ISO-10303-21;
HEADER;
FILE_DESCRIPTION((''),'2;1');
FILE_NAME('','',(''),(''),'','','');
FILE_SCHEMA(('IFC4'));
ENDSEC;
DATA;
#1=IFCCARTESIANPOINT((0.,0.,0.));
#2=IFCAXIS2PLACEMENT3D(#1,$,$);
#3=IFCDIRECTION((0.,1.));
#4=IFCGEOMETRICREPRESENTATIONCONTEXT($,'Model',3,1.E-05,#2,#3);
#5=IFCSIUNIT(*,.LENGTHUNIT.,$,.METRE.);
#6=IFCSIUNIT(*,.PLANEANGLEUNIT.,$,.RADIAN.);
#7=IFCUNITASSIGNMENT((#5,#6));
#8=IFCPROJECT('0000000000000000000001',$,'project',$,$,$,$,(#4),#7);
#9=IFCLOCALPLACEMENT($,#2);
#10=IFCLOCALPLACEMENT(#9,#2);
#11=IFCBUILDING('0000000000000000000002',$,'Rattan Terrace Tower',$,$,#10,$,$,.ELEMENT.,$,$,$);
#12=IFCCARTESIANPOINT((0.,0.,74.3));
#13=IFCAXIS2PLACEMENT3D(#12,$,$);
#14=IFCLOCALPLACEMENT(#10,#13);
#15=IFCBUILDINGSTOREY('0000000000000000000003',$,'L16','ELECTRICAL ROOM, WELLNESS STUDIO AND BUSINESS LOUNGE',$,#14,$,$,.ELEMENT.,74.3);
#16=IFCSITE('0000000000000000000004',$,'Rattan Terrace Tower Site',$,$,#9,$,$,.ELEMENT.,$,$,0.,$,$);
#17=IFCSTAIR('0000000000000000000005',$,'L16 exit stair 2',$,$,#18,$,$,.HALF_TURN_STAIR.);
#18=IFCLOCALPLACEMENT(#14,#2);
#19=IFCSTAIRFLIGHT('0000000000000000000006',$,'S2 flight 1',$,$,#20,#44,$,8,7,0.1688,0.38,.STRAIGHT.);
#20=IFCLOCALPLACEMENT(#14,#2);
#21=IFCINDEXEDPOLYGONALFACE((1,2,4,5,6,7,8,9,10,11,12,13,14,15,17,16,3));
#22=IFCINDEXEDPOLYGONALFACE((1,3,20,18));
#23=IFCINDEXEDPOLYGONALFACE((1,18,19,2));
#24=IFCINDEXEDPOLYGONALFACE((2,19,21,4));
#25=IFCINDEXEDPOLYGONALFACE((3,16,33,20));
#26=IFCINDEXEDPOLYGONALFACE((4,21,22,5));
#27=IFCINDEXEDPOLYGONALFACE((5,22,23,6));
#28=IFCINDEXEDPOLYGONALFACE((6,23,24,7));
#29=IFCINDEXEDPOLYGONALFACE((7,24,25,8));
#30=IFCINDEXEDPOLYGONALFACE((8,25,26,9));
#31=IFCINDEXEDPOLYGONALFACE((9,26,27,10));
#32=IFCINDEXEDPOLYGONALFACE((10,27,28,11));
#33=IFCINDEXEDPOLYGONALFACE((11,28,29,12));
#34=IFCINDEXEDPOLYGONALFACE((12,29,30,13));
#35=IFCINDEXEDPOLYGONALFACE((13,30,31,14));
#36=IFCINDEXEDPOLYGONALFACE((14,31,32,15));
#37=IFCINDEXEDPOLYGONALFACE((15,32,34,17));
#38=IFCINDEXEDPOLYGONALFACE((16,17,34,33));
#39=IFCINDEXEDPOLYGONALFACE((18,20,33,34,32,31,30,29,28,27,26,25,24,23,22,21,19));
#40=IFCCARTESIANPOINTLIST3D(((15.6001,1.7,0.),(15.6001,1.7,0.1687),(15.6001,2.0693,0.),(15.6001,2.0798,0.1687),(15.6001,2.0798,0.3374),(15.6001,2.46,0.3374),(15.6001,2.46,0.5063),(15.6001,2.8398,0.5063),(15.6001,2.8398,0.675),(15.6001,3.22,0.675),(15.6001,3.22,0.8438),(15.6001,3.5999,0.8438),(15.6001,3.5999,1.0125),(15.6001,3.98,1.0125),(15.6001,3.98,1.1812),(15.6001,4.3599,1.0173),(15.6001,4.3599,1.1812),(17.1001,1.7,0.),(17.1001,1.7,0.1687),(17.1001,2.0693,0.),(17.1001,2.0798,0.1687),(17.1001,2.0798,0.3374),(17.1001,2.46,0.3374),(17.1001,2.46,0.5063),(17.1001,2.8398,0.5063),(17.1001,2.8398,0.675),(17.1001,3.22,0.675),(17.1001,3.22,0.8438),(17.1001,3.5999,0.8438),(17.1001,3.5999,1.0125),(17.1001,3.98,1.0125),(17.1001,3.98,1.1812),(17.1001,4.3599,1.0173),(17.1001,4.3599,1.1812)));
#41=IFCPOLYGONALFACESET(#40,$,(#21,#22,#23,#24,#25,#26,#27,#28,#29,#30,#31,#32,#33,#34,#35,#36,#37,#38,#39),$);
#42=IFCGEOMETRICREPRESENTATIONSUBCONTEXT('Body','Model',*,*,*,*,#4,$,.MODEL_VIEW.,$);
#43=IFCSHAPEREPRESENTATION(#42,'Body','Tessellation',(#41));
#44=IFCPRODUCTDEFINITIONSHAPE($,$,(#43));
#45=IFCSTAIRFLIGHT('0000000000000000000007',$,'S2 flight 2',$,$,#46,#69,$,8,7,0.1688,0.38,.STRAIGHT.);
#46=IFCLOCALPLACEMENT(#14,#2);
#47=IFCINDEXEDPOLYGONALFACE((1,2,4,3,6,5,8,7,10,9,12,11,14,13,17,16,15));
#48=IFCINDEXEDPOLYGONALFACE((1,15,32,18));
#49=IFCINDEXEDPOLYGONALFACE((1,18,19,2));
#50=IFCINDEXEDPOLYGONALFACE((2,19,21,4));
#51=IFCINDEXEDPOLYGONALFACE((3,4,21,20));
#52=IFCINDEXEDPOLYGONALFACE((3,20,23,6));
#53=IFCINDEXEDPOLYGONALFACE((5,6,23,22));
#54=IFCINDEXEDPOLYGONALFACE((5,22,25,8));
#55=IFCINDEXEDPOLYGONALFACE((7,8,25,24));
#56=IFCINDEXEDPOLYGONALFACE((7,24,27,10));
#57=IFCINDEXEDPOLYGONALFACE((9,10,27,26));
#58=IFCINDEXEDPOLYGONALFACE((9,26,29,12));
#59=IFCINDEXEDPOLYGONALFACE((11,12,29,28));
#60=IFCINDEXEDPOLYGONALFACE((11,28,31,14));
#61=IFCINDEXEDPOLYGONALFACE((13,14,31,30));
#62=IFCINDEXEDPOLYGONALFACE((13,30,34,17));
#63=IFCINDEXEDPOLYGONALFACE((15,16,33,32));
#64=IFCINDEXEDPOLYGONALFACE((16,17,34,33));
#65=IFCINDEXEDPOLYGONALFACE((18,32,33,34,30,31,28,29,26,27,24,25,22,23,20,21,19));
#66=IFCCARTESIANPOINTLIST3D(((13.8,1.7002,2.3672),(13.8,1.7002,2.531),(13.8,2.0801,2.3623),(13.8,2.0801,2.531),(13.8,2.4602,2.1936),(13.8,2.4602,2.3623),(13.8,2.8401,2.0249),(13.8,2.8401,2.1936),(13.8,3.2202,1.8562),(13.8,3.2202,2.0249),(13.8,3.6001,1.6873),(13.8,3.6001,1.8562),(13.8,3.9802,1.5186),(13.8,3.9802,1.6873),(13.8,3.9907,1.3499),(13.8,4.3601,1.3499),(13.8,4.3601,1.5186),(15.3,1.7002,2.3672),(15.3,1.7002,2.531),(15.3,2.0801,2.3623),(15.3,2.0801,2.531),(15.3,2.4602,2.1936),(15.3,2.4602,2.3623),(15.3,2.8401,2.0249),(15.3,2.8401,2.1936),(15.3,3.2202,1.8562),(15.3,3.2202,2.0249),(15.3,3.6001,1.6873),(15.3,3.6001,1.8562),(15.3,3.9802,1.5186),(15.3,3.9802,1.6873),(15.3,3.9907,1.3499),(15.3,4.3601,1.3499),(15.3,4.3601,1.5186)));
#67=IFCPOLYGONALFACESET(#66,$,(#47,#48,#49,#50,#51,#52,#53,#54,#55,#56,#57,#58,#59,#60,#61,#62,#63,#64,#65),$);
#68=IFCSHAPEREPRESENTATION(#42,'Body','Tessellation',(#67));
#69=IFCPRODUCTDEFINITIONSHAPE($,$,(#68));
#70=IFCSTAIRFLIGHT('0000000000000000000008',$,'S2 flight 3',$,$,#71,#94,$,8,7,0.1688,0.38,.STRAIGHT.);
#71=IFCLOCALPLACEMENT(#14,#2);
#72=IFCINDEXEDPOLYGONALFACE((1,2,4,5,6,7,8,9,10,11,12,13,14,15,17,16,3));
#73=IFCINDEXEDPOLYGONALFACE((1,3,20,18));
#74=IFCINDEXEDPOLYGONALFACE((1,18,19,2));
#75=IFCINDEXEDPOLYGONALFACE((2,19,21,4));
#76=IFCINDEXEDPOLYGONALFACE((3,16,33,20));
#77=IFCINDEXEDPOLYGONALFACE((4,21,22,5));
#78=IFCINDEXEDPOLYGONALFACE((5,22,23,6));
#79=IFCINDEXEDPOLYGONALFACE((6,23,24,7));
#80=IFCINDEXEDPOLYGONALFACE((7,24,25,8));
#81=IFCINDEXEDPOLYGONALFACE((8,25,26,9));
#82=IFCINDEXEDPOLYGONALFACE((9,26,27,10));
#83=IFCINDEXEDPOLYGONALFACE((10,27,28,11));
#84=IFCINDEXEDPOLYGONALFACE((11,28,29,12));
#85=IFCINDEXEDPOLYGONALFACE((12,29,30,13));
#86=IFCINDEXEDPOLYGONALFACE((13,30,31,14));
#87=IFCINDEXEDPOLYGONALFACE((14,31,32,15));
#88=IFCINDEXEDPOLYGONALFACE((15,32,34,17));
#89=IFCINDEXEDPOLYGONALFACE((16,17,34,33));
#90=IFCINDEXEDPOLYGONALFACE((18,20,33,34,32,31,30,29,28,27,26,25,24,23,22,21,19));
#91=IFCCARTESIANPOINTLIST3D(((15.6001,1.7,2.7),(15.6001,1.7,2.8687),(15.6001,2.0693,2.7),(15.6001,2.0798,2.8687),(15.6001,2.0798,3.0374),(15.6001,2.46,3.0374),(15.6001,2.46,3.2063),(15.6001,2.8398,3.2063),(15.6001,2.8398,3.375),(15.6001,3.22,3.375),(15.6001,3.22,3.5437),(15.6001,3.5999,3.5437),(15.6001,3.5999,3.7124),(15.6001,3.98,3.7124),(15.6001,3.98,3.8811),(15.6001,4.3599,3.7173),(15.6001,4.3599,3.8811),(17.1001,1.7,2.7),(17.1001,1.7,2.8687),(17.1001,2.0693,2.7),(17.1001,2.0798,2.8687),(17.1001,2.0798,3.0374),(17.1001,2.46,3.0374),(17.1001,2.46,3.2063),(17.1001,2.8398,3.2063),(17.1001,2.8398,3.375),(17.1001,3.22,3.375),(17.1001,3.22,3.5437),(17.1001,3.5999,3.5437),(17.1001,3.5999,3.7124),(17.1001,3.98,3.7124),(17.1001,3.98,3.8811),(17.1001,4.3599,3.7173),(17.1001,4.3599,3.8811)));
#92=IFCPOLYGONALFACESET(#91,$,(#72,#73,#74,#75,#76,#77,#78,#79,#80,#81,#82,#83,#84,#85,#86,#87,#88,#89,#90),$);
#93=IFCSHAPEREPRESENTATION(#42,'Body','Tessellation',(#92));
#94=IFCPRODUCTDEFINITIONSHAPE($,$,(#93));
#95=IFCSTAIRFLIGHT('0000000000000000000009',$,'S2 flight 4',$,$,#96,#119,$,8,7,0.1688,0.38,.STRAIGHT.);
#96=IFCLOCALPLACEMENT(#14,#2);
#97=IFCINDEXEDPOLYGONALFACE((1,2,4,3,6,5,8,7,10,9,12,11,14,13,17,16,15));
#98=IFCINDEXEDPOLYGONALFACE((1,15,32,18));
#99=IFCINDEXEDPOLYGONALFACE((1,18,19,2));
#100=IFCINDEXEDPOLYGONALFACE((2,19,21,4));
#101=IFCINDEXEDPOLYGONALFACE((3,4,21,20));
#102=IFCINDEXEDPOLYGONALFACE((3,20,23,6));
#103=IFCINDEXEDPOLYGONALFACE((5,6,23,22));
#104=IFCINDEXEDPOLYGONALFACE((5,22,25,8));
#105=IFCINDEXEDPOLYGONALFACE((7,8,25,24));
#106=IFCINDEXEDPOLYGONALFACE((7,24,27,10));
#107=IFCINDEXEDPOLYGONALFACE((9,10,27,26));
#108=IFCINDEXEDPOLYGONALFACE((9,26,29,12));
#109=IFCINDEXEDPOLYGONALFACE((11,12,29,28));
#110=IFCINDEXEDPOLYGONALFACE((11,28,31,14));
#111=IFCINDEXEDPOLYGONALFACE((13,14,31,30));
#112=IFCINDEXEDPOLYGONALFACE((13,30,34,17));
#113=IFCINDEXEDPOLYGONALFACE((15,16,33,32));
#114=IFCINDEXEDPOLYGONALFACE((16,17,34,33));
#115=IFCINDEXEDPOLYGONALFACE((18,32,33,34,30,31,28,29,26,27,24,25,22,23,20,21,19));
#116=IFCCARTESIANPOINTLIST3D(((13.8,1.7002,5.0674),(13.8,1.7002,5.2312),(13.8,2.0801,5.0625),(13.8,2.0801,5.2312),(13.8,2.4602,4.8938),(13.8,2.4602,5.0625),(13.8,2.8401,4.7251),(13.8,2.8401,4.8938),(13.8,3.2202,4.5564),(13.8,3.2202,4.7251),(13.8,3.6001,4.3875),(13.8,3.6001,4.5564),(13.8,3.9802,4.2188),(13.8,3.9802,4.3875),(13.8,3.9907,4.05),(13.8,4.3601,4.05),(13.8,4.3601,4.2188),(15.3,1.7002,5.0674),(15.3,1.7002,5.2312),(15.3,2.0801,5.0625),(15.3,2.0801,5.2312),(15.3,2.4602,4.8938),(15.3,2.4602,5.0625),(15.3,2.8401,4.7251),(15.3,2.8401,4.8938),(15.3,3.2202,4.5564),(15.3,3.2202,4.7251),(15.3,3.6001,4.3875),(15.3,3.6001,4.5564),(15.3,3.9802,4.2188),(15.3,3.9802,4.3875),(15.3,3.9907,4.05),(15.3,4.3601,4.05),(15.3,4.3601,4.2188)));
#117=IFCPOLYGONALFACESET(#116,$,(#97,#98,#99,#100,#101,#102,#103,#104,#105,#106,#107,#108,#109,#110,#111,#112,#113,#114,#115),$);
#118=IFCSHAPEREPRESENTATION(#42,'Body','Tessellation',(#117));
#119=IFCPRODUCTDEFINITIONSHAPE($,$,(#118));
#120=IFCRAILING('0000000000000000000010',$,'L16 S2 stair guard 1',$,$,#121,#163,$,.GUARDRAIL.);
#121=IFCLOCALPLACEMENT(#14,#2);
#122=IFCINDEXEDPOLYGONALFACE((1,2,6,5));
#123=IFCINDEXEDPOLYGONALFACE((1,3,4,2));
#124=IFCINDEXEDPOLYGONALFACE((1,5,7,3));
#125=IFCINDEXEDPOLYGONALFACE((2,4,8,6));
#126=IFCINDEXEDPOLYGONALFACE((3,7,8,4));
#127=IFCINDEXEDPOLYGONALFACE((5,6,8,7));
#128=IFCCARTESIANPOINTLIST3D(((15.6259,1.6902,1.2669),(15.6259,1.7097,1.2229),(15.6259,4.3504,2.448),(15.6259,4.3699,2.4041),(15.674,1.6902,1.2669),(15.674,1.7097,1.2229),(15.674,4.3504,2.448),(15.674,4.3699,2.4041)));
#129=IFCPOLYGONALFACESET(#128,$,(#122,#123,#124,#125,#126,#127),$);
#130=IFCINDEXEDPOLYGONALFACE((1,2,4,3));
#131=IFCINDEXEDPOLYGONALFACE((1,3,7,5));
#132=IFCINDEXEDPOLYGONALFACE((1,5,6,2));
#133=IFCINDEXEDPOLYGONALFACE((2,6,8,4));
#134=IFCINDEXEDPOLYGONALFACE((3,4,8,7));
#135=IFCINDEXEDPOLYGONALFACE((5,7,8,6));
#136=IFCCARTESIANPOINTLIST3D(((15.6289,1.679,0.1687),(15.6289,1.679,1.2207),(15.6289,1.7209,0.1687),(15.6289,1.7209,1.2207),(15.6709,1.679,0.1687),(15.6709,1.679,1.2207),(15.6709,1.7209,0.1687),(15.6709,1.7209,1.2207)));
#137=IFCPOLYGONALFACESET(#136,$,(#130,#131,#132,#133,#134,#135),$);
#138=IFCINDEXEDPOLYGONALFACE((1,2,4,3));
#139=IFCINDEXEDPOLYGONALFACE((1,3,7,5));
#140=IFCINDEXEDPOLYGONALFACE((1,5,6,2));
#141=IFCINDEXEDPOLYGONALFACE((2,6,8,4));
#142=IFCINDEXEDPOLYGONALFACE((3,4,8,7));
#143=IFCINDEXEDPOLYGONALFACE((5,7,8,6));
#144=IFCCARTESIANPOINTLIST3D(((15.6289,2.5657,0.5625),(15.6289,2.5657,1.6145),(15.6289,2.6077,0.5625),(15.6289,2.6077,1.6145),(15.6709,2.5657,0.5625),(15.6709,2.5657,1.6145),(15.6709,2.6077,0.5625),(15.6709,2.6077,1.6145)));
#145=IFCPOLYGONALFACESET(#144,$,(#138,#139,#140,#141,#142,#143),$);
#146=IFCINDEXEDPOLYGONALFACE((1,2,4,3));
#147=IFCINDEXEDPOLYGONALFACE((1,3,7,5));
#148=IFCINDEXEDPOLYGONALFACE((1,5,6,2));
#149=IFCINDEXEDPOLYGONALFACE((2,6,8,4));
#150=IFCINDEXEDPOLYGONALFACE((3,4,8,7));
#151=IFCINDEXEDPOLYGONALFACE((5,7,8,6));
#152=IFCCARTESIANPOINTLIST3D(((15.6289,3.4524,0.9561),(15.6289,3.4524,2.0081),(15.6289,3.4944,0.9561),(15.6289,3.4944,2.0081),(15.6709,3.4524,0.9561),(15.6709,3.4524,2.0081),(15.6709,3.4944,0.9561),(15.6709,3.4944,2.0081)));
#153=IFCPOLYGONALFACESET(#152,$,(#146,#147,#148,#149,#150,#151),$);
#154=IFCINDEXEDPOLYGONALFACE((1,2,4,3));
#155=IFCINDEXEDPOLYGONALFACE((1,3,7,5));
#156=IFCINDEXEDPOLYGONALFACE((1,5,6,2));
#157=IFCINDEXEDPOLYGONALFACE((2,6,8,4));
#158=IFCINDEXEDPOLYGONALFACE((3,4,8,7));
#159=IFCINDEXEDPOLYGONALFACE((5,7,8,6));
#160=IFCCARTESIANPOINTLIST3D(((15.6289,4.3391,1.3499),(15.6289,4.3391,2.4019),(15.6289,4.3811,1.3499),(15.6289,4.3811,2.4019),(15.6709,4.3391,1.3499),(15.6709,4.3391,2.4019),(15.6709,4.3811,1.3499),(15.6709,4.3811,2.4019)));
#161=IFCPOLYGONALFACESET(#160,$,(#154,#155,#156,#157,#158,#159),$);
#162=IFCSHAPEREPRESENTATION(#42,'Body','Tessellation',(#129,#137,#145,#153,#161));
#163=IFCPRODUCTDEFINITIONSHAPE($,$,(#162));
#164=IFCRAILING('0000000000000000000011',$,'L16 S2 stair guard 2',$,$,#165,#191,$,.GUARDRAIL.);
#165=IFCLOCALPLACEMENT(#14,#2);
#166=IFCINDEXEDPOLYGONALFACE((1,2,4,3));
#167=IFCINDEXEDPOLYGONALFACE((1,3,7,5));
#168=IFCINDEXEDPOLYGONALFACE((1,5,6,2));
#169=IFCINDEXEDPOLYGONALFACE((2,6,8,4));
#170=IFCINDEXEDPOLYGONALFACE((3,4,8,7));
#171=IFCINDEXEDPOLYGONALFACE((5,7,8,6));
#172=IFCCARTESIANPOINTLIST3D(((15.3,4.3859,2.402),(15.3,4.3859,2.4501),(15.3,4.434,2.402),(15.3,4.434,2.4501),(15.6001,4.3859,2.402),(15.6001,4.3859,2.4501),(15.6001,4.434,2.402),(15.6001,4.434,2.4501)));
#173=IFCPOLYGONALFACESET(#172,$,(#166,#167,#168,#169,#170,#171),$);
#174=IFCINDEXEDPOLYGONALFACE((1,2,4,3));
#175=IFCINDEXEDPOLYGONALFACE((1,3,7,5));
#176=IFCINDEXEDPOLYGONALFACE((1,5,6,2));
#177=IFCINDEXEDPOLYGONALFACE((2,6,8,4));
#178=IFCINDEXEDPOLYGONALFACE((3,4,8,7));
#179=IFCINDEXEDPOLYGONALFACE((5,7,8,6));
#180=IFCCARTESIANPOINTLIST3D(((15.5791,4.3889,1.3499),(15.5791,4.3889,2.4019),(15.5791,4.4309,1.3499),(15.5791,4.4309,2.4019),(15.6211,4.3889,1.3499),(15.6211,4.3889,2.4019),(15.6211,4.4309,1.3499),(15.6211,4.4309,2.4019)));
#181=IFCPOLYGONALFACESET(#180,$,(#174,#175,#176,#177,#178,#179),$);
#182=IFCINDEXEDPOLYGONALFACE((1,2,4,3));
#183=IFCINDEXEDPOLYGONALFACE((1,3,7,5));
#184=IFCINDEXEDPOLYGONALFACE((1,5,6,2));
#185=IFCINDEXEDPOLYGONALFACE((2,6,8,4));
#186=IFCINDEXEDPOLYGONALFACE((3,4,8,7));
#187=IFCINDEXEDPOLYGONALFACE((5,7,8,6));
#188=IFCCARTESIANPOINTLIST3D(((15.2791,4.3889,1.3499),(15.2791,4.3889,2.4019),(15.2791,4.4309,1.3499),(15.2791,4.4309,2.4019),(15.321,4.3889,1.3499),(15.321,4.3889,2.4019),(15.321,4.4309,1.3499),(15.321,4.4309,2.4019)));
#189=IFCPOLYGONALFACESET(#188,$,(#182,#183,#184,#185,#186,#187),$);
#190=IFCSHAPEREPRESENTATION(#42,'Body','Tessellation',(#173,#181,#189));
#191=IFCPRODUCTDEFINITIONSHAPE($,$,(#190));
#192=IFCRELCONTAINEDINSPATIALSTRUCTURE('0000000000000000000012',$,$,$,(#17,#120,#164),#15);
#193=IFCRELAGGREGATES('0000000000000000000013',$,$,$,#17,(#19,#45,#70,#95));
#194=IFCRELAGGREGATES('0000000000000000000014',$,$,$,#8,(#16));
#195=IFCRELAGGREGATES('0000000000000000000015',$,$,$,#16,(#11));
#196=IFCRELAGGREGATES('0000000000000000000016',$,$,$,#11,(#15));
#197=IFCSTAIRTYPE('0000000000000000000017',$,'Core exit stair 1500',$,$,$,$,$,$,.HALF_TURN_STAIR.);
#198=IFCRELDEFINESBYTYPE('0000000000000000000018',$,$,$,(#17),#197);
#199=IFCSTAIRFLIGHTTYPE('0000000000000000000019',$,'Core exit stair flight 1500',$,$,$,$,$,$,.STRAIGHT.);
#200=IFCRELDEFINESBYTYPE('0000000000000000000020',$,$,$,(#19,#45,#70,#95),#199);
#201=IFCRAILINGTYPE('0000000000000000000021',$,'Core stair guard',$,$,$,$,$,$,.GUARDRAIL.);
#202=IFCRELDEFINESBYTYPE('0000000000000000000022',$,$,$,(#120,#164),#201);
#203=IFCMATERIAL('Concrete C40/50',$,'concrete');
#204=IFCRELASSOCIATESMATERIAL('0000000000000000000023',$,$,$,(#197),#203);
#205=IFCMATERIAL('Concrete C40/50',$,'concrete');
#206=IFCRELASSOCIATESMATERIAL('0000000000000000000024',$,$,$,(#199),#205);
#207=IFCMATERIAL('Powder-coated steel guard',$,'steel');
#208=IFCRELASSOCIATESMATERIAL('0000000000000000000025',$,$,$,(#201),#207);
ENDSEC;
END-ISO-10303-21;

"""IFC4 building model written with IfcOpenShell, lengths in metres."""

from ifc_helpers import new_model, si_unit, direction, frame, origin, origin_2d, place, context, subcontext, project, spatial, polyline, rectangle, outline, extrude, material, type_object, element, aggregate, save


model = new_model("IFC4")

# Units and contexts
model_context = context("Model", 3, precision=1e-05, world=origin(), true_north=direction((0.0, 1.0)))
body_context = subcontext(model_context, "Body", "Model", "MODEL_VIEW")
ifc_project = project(units=[si_unit("LENGTHUNIT", "METRE"), si_unit("PLANEANGLEUNIT", "RADIAN")], contexts=[model_context])

# Site, building, storey
site_placement = place(None, origin())
site = spatial("IfcSite", under=ifc_project, at=site_placement, Name="Rattan Terrace Tower Site", CompositionType="ELEMENT", RefElevation=0.0)
building_placement = place(site_placement, origin())
building = spatial("IfcBuilding", under=site, at=building_placement, Name="Rattan Terrace Tower", CompositionType="ELEMENT")
storey_placement = place(building_placement, frame((0.0, 0.0, 74.3)))
storey = spatial("IfcBuildingStorey", under=building, at=storey_placement, Name="L16", Description="ELECTRICAL ROOM, WELLNESS STUDIO AND BUSINESS LOUNGE", CompositionType="ELEMENT", Elevation=74.3)

# Stair, stair flights
ifc_material_1 = material(Name="Concrete C40/50", Category="concrete")
stair_type = type_object("IfcStairType", Name="Core exit stair 1500", PredefinedType="HALF_TURN_STAIR", material=ifc_material_1)
stair_placement = place(storey_placement, origin())
stair = element("IfcStair", 1, at=stair_placement, inside=storey, type_object=stair_type, Name="L16 exit stair 2", PredefinedType="HALF_TURN_STAIR")
ifc_material_2 = material(Name="Concrete C40/50", Category="concrete")
stair_flight_type = type_object("IfcStairFlightType", Name="Core exit stair flight 1500", PredefinedType="STRAIGHT", material=ifc_material_2)
stair_flight_1_placement = place(storey_placement, frame((16.3501, 1.7, 0.0), z_axis=(0.0, 0.0, 1.0), x_axis=(0.0, 1.0, 0.0)))
stair_flight_1 = element("IfcStairFlight", 2, at=stair_flight_1_placement, type_object=stair_flight_type, Name="S2 flight 1", NumberOfRisers=8, NumberOfTreads=7, PredefinedType="STRAIGHT", RiserHeight=0.1688, TreadLength=0.38, context=body_context, shape_type="SweptSolid", body=[
    extrude(outline(polyline([(0.0, 0.0), (0.0, 0.1687), (0.3799, 0.1687), (0.3799, 0.3374), (0.76, 0.3374), (0.76, 0.5063), (1.1399, 0.5063), (1.1399, 0.675), (1.52, 0.675), (1.52, 0.8438), (1.8999, 0.8438), (1.8999, 1.0125), (2.28, 1.0125), (2.28, 1.1812), (2.6599, 1.1812), (2.6599, 1.3501), (2.6599, 1.0173), (0.3694, 0.0), (0.0, 0.0)])), frame((0.0, 0.75, 0.0), z_axis=(0.0, -1.0, 0.0), x_axis=(1.0, 0.0, 0.0)), (0.0, 0.0, 1.0), 1.5),
])
stair_flight_2_placement = place(storey_placement, frame((14.55, 4.3601, 1.3499), z_axis=(0.0, 0.0, 1.0), x_axis=(0.0, -1.0, 0.0)))
stair_flight_2 = element("IfcStairFlight", 3, at=stair_flight_2_placement, type_object=stair_flight_type, Name="S2 flight 2", NumberOfRisers=8, NumberOfTreads=7, PredefinedType="STRAIGHT", RiserHeight=0.1688, TreadLength=0.38, context=body_context, shape_type="SweptSolid", body=[
    extrude(outline(polyline([(0.0, 0.0), (0.0, 0.1687), (0.3799, 0.1687), (0.3799, 0.3374), (0.76, 0.3374), (0.76, 0.5063), (1.1399, 0.5063), (1.1399, 0.675), (1.52, 0.675), (1.52, 0.8438), (1.8999, 0.8438), (1.8999, 1.0125), (2.28, 1.0125), (2.28, 1.1812), (2.6599, 1.1812), (2.6599, 1.3501), (2.6599, 1.0173), (0.3694, 0.0), (0.0, 0.0)])), frame((0.0, 0.75, 0.0), z_axis=(0.0, -1.0, 0.0), x_axis=(1.0, 0.0, 0.0)), (0.0, 0.0, 1.0), 1.5),
])
stair_flight_3_placement = place(storey_placement, frame((16.3501, 1.7, 2.7), z_axis=(0.0, 0.0, 1.0), x_axis=(0.0, 1.0, 0.0)))
stair_flight_3 = element("IfcStairFlight", 4, at=stair_flight_3_placement, type_object=stair_flight_type, Name="S2 flight 3", NumberOfRisers=8, NumberOfTreads=7, PredefinedType="STRAIGHT", RiserHeight=0.1688, TreadLength=0.38, context=body_context, shape_type="SweptSolid", body=[
    extrude(outline(polyline([(0.0, 0.0), (0.0, 0.1687), (0.3799, 0.1687), (0.3799, 0.3374), (0.76, 0.3374), (0.76, 0.5063), (1.1399, 0.5063), (1.1399, 0.675), (1.52, 0.675), (1.52, 0.8438), (1.8999, 0.8438), (1.8999, 1.0125), (2.28, 1.0125), (2.28, 1.1812), (2.6599, 1.1812), (2.6599, 1.3501), (2.6599, 1.0173), (0.3694, 0.0), (0.0, 0.0)])), frame((0.0, 0.75, 0.0), z_axis=(0.0, -1.0, 0.0), x_axis=(1.0, 0.0, 0.0)), (0.0, 0.0, 1.0), 1.5),
])
stair_flight_4_placement = place(storey_placement, frame((14.55, 4.3601, 4.05), z_axis=(0.0, 0.0, 1.0), x_axis=(0.0, -1.0, 0.0)))
stair_flight_4 = element("IfcStairFlight", 5, at=stair_flight_4_placement, type_object=stair_flight_type, Name="S2 flight 4", NumberOfRisers=8, NumberOfTreads=7, PredefinedType="STRAIGHT", RiserHeight=0.1688, TreadLength=0.38, context=body_context, shape_type="SweptSolid", body=[
    extrude(outline(polyline([(0.0, 0.0), (0.0, 0.1687), (0.3799, 0.1687), (0.3799, 0.3374), (0.76, 0.3374), (0.76, 0.5063), (1.1399, 0.5063), (1.1399, 0.675), (1.52, 0.675), (1.52, 0.8438), (1.8999, 0.8438), (1.8999, 1.0125), (2.28, 1.0125), (2.28, 1.1812), (2.6599, 1.1812), (2.6599, 1.3501), (2.6599, 1.0173), (0.3694, 0.0), (0.0, 0.0)])), frame((0.0, 0.75, 0.0), z_axis=(0.0, -1.0, 0.0), x_axis=(1.0, 0.0, 0.0)), (0.0, 0.0, 1.0), 1.5),
])
aggregate(stair, [stair_flight_1, stair_flight_2, stair_flight_3, stair_flight_4])

# Railings
ifc_material_3 = material(Name="Powder-coated steel guard", Category="steel")
railing_type_1 = type_object("IfcRailingType", Name="Core stair guard", PredefinedType="GUARDRAIL", material=ifc_material_3)
railing_1_placement = place(storey_placement, frame((15.6499, 1.7, 0.1687)))
element("IfcRailing", 6, at=railing_1_placement, inside=storey, type_object=railing_type_1, Name="L16 S2 stair guard 1", PredefinedType="GUARDRAIL", context=body_context, shape_type="SweptSolid", body=[
    extrude(rectangle(XDim=0.0481, YDim=0.0481, at=origin_2d()), frame((0.0, 0.0, 1.0762), z_axis=(0.0, 0.913957, 0.405812), x_axis=(-1.0, 0.0, 0.0)), (0.0, 0.0, 1.0), 2.9106),
    extrude(rectangle(XDim=0.042, YDim=0.042, at=origin_2d()), origin(), (0.0, 0.0, 1.0), 1.052),
    extrude(rectangle(XDim=0.042, YDim=0.042, at=origin_2d()), frame((0.0, 0.8867, 0.3938)), (0.0, 0.0, 1.0), 1.052),
    extrude(rectangle(XDim=0.042, YDim=0.042, at=origin_2d()), frame((0.0, 1.7734, 0.7874)), (0.0, 0.0, 1.0), 1.052),
    extrude(rectangle(XDim=0.042, YDim=0.042, at=origin_2d()), frame((0.0, 2.6602, 1.1812)), (0.0, 0.0, 1.0), 1.052),
])
railing_2_placement = place(storey_placement, frame((15.6001, 4.4099, 1.3499)))
element("IfcRailing", 7, at=railing_2_placement, inside=storey, type_object=railing_type_1, Name="L16 S2 stair guard 2", PredefinedType="GUARDRAIL", context=body_context, shape_type="SweptSolid", body=[
    extrude(rectangle(XDim=0.0481, YDim=0.0481, at=origin_2d()), frame((0.0, 0.0, 1.0762), z_axis=(-1.0, 0.0, 0.0), x_axis=(0.0, -1.0, 0.0)), (0.0, 0.0, 1.0), 0.3),
    extrude(rectangle(XDim=0.042, YDim=0.042, at=origin_2d()), origin(), (0.0, 0.0, 1.0), 1.052),
    extrude(rectangle(XDim=0.042, YDim=0.042, at=origin_2d()), frame((-0.3, 0.0, 0.0)), (0.0, 0.0, 1.0), 1.052),
])

save(model, "model.ifc")
